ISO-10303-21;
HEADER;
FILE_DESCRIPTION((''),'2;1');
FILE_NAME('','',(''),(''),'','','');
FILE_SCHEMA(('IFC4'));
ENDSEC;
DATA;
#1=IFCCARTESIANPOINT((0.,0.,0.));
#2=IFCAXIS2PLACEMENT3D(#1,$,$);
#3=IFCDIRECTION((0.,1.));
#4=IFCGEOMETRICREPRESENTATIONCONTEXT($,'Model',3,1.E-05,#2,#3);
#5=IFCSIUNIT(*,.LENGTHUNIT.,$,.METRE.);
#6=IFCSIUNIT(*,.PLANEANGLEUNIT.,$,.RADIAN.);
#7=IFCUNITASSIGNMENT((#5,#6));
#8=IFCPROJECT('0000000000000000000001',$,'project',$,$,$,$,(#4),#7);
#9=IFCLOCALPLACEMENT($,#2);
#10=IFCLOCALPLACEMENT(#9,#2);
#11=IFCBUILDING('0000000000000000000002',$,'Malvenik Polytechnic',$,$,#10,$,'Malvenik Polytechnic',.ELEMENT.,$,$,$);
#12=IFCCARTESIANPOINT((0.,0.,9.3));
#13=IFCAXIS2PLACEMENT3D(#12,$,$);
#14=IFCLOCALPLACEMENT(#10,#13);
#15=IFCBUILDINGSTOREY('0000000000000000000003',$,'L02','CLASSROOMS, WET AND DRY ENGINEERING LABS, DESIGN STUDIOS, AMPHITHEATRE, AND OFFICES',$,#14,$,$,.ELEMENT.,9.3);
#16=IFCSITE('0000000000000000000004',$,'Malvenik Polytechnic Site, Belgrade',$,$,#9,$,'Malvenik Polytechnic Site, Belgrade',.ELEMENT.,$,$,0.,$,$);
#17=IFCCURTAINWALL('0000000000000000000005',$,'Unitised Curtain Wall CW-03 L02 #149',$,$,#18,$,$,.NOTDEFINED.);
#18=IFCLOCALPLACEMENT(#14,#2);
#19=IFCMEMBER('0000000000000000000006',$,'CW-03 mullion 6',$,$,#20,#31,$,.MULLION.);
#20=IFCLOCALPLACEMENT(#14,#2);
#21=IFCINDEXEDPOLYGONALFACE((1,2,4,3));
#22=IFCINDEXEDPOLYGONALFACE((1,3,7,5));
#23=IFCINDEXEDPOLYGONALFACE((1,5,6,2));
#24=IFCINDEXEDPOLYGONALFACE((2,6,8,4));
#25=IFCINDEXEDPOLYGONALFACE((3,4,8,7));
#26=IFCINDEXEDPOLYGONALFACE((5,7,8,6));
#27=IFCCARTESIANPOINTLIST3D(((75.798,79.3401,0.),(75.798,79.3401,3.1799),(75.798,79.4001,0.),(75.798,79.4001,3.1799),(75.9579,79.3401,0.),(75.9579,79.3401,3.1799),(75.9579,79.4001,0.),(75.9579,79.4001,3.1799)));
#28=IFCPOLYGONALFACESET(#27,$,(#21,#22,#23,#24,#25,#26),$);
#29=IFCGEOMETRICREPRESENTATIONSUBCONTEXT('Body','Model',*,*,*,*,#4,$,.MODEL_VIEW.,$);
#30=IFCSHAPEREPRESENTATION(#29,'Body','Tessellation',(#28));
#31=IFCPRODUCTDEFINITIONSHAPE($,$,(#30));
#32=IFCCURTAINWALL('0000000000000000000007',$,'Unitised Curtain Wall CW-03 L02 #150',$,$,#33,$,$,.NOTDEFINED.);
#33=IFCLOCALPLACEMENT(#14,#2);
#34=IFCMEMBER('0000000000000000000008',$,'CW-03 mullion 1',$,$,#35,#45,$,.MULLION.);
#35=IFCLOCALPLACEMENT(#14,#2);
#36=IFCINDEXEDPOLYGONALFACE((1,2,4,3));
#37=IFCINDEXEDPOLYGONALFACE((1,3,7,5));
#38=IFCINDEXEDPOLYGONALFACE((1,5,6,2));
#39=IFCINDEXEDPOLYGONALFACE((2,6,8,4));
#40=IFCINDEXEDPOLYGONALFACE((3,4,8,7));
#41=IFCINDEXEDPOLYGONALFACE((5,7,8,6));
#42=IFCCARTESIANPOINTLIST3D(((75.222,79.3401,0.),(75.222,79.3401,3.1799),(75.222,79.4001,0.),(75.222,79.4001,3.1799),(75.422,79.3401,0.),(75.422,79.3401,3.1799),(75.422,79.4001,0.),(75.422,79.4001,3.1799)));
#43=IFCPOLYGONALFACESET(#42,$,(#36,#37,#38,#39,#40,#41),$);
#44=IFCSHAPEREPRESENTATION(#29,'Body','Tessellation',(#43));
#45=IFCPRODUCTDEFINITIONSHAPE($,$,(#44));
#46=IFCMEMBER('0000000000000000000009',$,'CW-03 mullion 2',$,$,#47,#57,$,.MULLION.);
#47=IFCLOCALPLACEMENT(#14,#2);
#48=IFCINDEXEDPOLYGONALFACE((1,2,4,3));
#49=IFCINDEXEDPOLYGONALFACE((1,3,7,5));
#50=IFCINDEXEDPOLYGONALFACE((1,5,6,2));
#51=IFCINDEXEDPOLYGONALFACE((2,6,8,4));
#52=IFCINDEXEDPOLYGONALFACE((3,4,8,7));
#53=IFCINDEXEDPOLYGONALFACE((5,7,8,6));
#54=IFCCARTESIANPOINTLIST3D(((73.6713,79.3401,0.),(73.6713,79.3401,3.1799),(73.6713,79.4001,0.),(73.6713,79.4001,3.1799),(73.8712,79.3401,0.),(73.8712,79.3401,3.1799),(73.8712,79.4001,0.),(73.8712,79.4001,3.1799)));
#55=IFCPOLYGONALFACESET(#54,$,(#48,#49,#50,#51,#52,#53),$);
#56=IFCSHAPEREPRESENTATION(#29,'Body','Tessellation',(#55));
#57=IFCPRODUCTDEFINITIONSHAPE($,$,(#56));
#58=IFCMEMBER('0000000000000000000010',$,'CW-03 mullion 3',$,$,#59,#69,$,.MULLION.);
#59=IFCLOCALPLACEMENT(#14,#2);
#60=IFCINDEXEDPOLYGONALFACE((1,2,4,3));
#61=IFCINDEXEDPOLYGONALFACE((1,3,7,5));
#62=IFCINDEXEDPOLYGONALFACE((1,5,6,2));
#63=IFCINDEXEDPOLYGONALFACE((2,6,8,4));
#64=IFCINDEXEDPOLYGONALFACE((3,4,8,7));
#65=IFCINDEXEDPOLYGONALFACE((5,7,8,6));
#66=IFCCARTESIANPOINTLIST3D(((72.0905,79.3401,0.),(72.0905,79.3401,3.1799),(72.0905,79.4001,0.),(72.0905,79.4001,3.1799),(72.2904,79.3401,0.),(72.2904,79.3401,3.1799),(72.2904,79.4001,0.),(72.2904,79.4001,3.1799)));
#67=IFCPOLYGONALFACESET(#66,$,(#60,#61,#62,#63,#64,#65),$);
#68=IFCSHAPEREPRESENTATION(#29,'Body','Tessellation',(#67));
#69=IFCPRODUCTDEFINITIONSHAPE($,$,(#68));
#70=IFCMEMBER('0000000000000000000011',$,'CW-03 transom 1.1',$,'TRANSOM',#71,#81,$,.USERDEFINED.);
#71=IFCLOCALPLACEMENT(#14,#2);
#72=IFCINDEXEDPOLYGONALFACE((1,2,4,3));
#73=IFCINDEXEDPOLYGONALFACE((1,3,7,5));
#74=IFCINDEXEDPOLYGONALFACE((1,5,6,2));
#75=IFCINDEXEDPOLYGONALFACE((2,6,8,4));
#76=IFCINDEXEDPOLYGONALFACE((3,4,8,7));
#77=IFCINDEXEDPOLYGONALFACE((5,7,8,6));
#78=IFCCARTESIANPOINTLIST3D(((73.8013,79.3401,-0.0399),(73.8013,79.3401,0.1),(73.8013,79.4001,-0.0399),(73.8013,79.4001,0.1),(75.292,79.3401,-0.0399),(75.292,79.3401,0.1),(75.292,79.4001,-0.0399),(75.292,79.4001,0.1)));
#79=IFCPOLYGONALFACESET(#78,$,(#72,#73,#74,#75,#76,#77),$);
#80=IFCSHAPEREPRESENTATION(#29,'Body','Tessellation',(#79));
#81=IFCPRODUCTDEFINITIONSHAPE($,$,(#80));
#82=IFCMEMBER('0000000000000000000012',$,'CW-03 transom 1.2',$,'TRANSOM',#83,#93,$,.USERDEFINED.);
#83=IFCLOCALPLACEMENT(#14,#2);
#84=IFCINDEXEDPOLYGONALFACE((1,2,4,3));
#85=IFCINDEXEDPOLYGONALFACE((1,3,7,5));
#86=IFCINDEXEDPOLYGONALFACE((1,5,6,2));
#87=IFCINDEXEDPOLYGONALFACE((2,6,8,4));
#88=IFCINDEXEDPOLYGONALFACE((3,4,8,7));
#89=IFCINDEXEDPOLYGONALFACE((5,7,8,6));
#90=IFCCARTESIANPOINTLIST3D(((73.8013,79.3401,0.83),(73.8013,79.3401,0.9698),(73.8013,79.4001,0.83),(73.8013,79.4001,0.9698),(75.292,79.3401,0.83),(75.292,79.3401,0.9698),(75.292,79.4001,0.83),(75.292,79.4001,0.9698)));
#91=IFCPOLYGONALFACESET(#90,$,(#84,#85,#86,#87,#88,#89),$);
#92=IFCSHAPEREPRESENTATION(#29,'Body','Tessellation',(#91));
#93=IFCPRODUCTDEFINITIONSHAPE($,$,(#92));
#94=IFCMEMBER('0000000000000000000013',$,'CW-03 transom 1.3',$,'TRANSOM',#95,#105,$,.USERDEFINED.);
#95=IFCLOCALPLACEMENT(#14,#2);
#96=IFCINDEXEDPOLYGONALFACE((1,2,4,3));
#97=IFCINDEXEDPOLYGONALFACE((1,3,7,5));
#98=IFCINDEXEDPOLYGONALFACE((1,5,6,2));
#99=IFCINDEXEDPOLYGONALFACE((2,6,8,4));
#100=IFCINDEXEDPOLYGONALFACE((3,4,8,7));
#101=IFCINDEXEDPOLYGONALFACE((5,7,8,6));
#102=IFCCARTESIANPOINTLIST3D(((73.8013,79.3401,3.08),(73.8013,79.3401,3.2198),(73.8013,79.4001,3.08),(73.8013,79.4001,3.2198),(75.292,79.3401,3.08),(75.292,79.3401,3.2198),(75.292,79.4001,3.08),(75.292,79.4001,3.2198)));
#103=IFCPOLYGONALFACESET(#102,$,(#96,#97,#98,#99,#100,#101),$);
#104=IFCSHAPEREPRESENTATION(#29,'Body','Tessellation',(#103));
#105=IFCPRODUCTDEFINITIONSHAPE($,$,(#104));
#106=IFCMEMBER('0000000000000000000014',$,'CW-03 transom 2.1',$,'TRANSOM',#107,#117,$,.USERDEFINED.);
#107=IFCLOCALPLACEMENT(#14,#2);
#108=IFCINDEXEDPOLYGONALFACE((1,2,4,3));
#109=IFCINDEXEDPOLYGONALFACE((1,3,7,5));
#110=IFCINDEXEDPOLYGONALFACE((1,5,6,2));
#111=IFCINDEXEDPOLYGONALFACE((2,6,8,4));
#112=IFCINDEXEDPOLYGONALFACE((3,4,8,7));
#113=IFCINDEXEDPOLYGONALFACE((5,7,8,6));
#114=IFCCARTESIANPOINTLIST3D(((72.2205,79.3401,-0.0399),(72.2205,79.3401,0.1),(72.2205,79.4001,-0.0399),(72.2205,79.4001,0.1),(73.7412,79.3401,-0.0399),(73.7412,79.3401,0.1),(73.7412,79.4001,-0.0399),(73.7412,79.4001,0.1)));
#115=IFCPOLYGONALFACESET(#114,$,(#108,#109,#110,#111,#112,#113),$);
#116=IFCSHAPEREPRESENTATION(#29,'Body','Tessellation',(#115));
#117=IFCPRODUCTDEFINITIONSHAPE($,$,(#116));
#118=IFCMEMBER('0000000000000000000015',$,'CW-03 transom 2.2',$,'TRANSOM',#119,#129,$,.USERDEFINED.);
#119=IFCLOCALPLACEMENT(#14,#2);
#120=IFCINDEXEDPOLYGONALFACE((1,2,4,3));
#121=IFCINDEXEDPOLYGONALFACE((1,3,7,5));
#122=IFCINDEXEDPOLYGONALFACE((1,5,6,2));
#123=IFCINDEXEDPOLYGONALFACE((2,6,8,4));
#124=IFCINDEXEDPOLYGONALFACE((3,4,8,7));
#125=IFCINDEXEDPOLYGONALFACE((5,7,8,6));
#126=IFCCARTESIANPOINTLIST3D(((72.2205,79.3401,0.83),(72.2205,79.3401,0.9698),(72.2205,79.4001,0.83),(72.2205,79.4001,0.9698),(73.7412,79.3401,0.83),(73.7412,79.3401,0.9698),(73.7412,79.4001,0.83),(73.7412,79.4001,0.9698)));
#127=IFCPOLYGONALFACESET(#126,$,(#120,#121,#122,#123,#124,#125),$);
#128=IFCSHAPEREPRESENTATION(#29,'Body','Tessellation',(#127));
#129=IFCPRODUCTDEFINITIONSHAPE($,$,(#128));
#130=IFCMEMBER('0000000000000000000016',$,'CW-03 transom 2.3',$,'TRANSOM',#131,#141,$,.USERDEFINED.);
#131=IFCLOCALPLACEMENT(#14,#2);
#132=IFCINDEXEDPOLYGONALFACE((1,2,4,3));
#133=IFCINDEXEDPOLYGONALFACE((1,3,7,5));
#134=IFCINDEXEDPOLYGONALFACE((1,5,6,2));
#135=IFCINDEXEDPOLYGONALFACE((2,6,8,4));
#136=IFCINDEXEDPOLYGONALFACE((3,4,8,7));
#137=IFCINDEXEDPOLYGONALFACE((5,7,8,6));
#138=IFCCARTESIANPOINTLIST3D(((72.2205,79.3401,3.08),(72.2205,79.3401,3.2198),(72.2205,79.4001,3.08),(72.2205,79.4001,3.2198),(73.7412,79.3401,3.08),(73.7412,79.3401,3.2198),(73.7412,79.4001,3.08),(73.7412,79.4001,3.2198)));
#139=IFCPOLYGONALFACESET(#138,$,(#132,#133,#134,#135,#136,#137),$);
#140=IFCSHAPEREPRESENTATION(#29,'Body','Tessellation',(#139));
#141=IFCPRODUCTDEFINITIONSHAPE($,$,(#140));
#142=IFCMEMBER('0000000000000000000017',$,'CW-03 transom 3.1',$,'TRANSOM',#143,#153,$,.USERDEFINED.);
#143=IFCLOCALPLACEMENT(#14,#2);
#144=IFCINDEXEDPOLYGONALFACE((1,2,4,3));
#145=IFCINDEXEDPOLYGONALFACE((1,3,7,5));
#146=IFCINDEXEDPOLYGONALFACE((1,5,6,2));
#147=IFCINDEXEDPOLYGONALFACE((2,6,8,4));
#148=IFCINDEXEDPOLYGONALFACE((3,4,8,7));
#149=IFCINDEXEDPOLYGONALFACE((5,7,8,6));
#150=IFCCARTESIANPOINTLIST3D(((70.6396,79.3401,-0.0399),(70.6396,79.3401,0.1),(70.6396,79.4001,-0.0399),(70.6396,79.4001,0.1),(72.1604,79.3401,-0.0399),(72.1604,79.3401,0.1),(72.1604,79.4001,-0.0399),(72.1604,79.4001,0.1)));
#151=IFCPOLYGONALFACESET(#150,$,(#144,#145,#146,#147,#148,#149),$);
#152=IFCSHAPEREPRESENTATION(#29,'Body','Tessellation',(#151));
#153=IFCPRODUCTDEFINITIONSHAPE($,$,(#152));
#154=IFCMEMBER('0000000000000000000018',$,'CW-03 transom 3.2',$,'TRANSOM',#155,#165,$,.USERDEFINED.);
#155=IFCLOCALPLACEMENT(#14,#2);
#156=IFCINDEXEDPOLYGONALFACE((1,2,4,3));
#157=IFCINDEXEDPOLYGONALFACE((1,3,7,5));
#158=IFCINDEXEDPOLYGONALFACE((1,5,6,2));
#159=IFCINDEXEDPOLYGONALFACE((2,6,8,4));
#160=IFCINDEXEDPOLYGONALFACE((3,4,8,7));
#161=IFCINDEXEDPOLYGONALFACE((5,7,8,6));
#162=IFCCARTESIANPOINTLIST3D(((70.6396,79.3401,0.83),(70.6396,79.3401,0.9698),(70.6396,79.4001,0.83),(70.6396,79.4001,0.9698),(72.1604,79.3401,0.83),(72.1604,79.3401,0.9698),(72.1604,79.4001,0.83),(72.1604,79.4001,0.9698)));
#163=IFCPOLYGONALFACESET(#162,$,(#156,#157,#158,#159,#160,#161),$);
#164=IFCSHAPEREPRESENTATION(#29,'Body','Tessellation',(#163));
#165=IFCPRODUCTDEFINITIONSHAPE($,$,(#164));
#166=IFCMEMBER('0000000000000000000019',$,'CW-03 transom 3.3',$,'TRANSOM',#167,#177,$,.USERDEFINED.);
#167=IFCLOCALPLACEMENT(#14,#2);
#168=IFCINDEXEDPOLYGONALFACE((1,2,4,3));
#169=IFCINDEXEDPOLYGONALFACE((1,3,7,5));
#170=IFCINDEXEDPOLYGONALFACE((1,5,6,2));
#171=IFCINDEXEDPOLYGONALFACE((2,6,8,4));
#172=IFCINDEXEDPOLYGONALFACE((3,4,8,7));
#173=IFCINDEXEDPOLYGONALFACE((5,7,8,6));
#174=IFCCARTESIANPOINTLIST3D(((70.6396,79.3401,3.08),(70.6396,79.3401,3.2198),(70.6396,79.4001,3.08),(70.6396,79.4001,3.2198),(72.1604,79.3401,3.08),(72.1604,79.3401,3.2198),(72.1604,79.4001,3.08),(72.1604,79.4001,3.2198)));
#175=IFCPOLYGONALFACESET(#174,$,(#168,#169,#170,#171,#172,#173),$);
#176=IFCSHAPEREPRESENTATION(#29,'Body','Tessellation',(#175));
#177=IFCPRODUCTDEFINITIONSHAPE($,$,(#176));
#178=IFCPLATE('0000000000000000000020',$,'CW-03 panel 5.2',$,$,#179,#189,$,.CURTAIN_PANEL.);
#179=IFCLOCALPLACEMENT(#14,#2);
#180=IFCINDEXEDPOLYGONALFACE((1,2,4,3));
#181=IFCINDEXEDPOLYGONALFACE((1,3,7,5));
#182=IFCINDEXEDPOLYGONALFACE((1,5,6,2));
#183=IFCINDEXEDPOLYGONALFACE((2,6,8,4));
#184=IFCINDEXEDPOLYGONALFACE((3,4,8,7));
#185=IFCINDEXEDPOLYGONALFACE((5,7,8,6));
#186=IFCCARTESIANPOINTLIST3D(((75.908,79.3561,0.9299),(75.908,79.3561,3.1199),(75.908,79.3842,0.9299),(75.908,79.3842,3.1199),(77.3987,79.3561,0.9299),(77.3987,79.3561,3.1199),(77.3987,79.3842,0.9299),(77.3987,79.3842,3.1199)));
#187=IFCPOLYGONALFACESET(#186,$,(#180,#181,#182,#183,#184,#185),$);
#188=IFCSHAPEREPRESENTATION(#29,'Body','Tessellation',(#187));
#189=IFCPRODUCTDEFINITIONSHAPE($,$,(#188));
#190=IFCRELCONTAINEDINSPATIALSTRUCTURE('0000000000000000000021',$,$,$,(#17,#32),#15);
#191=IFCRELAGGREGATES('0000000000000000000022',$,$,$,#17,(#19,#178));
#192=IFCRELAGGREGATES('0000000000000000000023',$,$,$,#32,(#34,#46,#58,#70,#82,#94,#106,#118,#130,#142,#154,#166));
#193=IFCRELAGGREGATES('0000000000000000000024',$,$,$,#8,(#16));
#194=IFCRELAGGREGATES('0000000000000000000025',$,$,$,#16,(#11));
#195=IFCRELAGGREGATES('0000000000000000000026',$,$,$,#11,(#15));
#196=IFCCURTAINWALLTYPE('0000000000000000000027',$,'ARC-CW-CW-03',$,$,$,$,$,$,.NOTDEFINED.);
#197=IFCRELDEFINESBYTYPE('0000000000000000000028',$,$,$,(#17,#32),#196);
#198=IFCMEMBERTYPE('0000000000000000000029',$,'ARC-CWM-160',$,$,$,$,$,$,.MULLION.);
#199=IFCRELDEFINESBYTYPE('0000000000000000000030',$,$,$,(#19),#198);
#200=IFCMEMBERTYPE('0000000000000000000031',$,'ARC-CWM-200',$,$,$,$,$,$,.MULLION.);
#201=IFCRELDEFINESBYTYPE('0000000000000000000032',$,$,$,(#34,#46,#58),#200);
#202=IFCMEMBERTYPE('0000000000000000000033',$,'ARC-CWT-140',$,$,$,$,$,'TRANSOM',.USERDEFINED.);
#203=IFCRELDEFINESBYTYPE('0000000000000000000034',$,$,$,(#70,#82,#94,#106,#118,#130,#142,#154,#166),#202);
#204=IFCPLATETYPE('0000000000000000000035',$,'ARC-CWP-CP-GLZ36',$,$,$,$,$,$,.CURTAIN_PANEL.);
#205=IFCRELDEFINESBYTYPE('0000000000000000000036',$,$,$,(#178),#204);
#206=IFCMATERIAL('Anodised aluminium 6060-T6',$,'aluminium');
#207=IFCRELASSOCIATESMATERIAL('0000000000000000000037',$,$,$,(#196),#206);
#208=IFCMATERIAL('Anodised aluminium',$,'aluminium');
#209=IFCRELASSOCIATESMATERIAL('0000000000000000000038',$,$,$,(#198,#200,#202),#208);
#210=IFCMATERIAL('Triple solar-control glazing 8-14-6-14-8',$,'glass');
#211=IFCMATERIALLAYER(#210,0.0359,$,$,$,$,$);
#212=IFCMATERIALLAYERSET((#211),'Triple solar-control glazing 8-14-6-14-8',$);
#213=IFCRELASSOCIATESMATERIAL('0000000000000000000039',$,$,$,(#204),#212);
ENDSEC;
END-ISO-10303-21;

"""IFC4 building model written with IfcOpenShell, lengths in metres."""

from ifc_helpers import new_model, si_unit, direction, frame, origin, origin_2d, place, context, subcontext, project, spatial, rectangle, extrude, material, layer, layer_set, material_profile, profile_set, type_object, element, aggregate, save


model = new_model("IFC4")

# Units and contexts
model_context = context("Model", 3, precision=1e-05, world=origin(), true_north=direction((0.0, 1.0)))
body_context = subcontext(model_context, "Body", "Model", "MODEL_VIEW")
ifc_project = project(units=[si_unit("LENGTHUNIT", "METRE"), si_unit("PLANEANGLEUNIT", "RADIAN")], contexts=[model_context])

# Site, building, storey
site_placement = place(None, origin())
site = spatial("IfcSite", under=ifc_project, at=site_placement, Name="Malvenik Polytechnic Site, Belgrade", LongName="Malvenik Polytechnic Site, Belgrade", CompositionType="ELEMENT", RefElevation=0.0)
building_placement = place(site_placement, origin())
building = spatial("IfcBuilding", under=site, at=building_placement, Name="Malvenik Polytechnic", LongName="Malvenik Polytechnic", CompositionType="ELEMENT")
storey_placement = place(building_placement, frame((0.0, 0.0, 9.3)))
storey = spatial("IfcBuildingStorey", under=building, at=storey_placement, Name="L02", Description="CLASSROOMS, WET AND DRY ENGINEERING LABS, DESIGN STUDIOS, AMPHITHEATRE, AND OFFICES", CompositionType="ELEMENT", Elevation=9.3)

# Curtain wall, member
ifc_material_1 = material(Name="Anodised aluminium 6060-T6", Category="aluminium")
curtain_wall_type = type_object("IfcCurtainWallType", Name="ARC-CW-CW-03", PredefinedType="NOTDEFINED", material=ifc_material_1)
curtain_wall_1_placement = place(storey_placement, origin())
curtain_wall_1 = element("IfcCurtainWall", 1, at=curtain_wall_1_placement, inside=storey, type_object=curtain_wall_type, Name="Unitised Curtain Wall CW-03 L02 #149", PredefinedType="NOTDEFINED")
ifc_material_2 = material(Name="Anodised aluminium", Category="aluminium")
ifc_material_profile_1 = material_profile(ifc_material_2, rectangle(XDim=0.0601, YDim=0.1599, at=origin_2d()), Name="ALU MULLION 60x160")
ifc_profile_set_1 = profile_set([ifc_material_profile_1], Name="Anodised aluminium")
member_type_1 = type_object("IfcMemberType", Name="ARC-CWM-160", PredefinedType="MULLION", material=ifc_profile_set_1)
member_1_placement = place(storey_placement, frame((75.8779, 79.3701, 0.0), z_axis=(0.0, 0.0, 1.0), x_axis=(0.0, -1.0, 0.0)))
member_1 = element("IfcMember", 2, at=member_1_placement, type_object=member_type_1, Name="CW-03 mullion 6", PredefinedType="MULLION", context=body_context, shape_type="SweptSolid", body=[
    extrude(rectangle(XDim=0.0601, YDim=0.1599, at=origin_2d()), origin(), (0.0, 0.0, 1.0), 3.1799),
])

# Curtain wall, members
curtain_wall_2_placement = place(storey_placement, origin())
curtain_wall_2 = element("IfcCurtainWall", 3, at=curtain_wall_2_placement, inside=storey, type_object=curtain_wall_type, Name="Unitised Curtain Wall CW-03 L02 #150", PredefinedType="NOTDEFINED")
ifc_material_profile_2 = material_profile(ifc_material_2, rectangle(XDim=0.0601, YDim=0.2, at=origin_2d()), Name="ALU MULLION 60x200")
ifc_profile_set_2 = profile_set([ifc_material_profile_2], Name="Anodised aluminium")
member_type_2 = type_object("IfcMemberType", Name="ARC-CWM-200", PredefinedType="MULLION", material=ifc_profile_set_2)
member_2_placement = place(storey_placement, frame((75.322, 79.3701, 0.0), z_axis=(0.0, 0.0, 1.0), x_axis=(0.0, -1.0, 0.0)))
member_2 = element("IfcMember", 4, at=member_2_placement, type_object=member_type_2, Name="CW-03 mullion 1", PredefinedType="MULLION", context=body_context, shape_type="SweptSolid", body=[
    extrude(rectangle(XDim=0.0601, YDim=0.2, at=origin_2d()), origin(), (0.0, 0.0, 1.0), 3.1799),
])
member_3_placement = place(storey_placement, frame((73.7712, 79.3701, 0.0), z_axis=(0.0, 0.0, 1.0), x_axis=(0.0, -1.0, 0.0)))
member_3 = element("IfcMember", 5, at=member_3_placement, type_object=member_type_2, Name="CW-03 mullion 2", PredefinedType="MULLION", context=body_context, shape_type="SweptSolid", body=[
    extrude(rectangle(XDim=0.0601, YDim=0.2, at=origin_2d()), origin(), (0.0, 0.0, 1.0), 3.1799),
])
member_4_placement = place(storey_placement, frame((72.1904, 79.3701, 0.0), z_axis=(0.0, 0.0, 1.0), x_axis=(0.0, -1.0, 0.0)))
member_4 = element("IfcMember", 6, at=member_4_placement, type_object=member_type_2, Name="CW-03 mullion 3", PredefinedType="MULLION", context=body_context, shape_type="SweptSolid", body=[
    extrude(rectangle(XDim=0.0601, YDim=0.2, at=origin_2d()), origin(), (0.0, 0.0, 1.0), 3.1799),
])
ifc_material_profile_3 = material_profile(ifc_material_2, rectangle(XDim=0.0601, YDim=0.1399, at=origin_2d()), Name="ALU TRANSOM 60x140")
ifc_profile_set_3 = profile_set([ifc_material_profile_3], Name="Anodised aluminium")
member_type_3 = type_object("IfcMemberType", Name="ARC-CWT-140", ElementType="TRANSOM", PredefinedType="USERDEFINED", material=ifc_profile_set_3)
member_5_placement = place(storey_placement, frame((75.292, 79.3701, 0.03), z_axis=(-1.0, 0.0, 0.0), x_axis=(0.0, -1.0, 0.0)))
member_5 = element("IfcMember", 7, at=member_5_placement, type_object=member_type_3, Name="CW-03 transom 1.1", ObjectType="TRANSOM", PredefinedType="USERDEFINED", context=body_context, shape_type="SweptSolid", body=[
    extrude(rectangle(XDim=0.0601, YDim=0.1399, at=origin_2d()), origin(), (0.0, 0.0, 1.0), 1.4907),
])
member_6_placement = place(storey_placement, frame((75.292, 79.3701, 0.8999), z_axis=(-1.0, 0.0, 0.0), x_axis=(0.0, -1.0, 0.0)))
member_6 = element("IfcMember", 8, at=member_6_placement, type_object=member_type_3, Name="CW-03 transom 1.2", ObjectType="TRANSOM", PredefinedType="USERDEFINED", context=body_context, shape_type="SweptSolid", body=[
    extrude(rectangle(XDim=0.0601, YDim=0.1399, at=origin_2d()), origin(), (0.0, 0.0, 1.0), 1.4907),
])
member_7_placement = place(storey_placement, frame((75.292, 79.3701, 3.1499), z_axis=(-1.0, 0.0, 0.0), x_axis=(0.0, -1.0, 0.0)))
member_7 = element("IfcMember", 9, at=member_7_placement, type_object=member_type_3, Name="CW-03 transom 1.3", ObjectType="TRANSOM", PredefinedType="USERDEFINED", context=body_context, shape_type="SweptSolid", body=[
    extrude(rectangle(XDim=0.0601, YDim=0.1399, at=origin_2d()), origin(), (0.0, 0.0, 1.0), 1.4907),
])
member_8_placement = place(storey_placement, frame((73.7412, 79.3701, 0.03), z_axis=(-1.0, 0.0, 0.0), x_axis=(0.0, -1.0, 0.0)))
member_8 = element("IfcMember", 10, at=member_8_placement, type_object=member_type_3, Name="CW-03 transom 2.1", ObjectType="TRANSOM", PredefinedType="USERDEFINED", context=body_context, shape_type="SweptSolid", body=[
    extrude(rectangle(XDim=0.0601, YDim=0.1399, at=origin_2d()), origin(), (0.0, 0.0, 1.0), 1.5208),
])
member_9_placement = place(storey_placement, frame((73.7412, 79.3701, 0.8999), z_axis=(-1.0, 0.0, 0.0), x_axis=(0.0, -1.0, 0.0)))
member_9 = element("IfcMember", 11, at=member_9_placement, type_object=member_type_3, Name="CW-03 transom 2.2", ObjectType="TRANSOM", PredefinedType="USERDEFINED", context=body_context, shape_type="SweptSolid", body=[
    extrude(rectangle(XDim=0.0601, YDim=0.1399, at=origin_2d()), origin(), (0.0, 0.0, 1.0), 1.5208),
])
member_10_placement = place(storey_placement, frame((73.7412, 79.3701, 3.1499), z_axis=(-1.0, 0.0, 0.0), x_axis=(0.0, -1.0, 0.0)))
member_10 = element("IfcMember", 12, at=member_10_placement, type_object=member_type_3, Name="CW-03 transom 2.3", ObjectType="TRANSOM", PredefinedType="USERDEFINED", context=body_context, shape_type="SweptSolid", body=[
    extrude(rectangle(XDim=0.0601, YDim=0.1399, at=origin_2d()), origin(), (0.0, 0.0, 1.0), 1.5208),
])
member_11_placement = place(storey_placement, frame((72.1604, 79.3701, 0.03), z_axis=(-1.0, 0.0, 0.0), x_axis=(0.0, -1.0, 0.0)))
member_11 = element("IfcMember", 13, at=member_11_placement, type_object=member_type_3, Name="CW-03 transom 3.1", ObjectType="TRANSOM", PredefinedType="USERDEFINED", context=body_context, shape_type="SweptSolid", body=[
    extrude(rectangle(XDim=0.0601, YDim=0.1399, at=origin_2d()), origin(), (0.0, 0.0, 1.0), 1.5208),
])
member_12_placement = place(storey_placement, frame((72.1604, 79.3701, 0.8999), z_axis=(-1.0, 0.0, 0.0), x_axis=(0.0, -1.0, 0.0)))
member_12 = element("IfcMember", 14, at=member_12_placement, type_object=member_type_3, Name="CW-03 transom 3.2", ObjectType="TRANSOM", PredefinedType="USERDEFINED", context=body_context, shape_type="SweptSolid", body=[
    extrude(rectangle(XDim=0.0601, YDim=0.1399, at=origin_2d()), origin(), (0.0, 0.0, 1.0), 1.5208),
])
member_13_placement = place(storey_placement, frame((72.1604, 79.3701, 3.1499), z_axis=(-1.0, 0.0, 0.0), x_axis=(0.0, -1.0, 0.0)))
member_13 = element("IfcMember", 15, at=member_13_placement, type_object=member_type_3, Name="CW-03 transom 3.3", ObjectType="TRANSOM", PredefinedType="USERDEFINED", context=body_context, shape_type="SweptSolid", body=[
    extrude(rectangle(XDim=0.0601, YDim=0.1399, at=origin_2d()), origin(), (0.0, 0.0, 1.0), 1.5208),
])

# Plate
ifc_material_3 = material(Name="Triple solar-control glazing 8-14-6-14-8", Category="glass")
ifc_layer_1 = layer(ifc_material_3, 0.0359)
ifc_layer_set_1 = layer_set([ifc_layer_1], Name="Triple solar-control glazing 8-14-6-14-8")
plate_type_1 = type_object("IfcPlateType", Name="ARC-CWP-CP-GLZ36", PredefinedType="CURTAIN_PANEL", material=ifc_layer_set_1)
plate_1_placement = place(storey_placement, frame((76.6533, 79.3701, 0.9299), z_axis=(0.0, 0.0, 1.0), x_axis=(-1.0, 0.0, 0.0)))
plate_1 = element("IfcPlate", 16, at=plate_1_placement, type_object=plate_type_1, Name="CW-03 panel 5.2", PredefinedType="CURTAIN_PANEL", context=body_context, shape_type="SweptSolid", body=[
    extrude(rectangle(XDim=1.4907, YDim=0.0281, at=origin_2d()), origin(), (0.0, 0.0, 1.0), 2.1899),
])
aggregate(curtain_wall_1, [member_1, plate_1])
aggregate(curtain_wall_2, [member_2, member_3, member_4, member_5, member_6, member_7, member_8, member_9, member_10, member_11, member_12, member_13])

save(model, "model.ifc")
